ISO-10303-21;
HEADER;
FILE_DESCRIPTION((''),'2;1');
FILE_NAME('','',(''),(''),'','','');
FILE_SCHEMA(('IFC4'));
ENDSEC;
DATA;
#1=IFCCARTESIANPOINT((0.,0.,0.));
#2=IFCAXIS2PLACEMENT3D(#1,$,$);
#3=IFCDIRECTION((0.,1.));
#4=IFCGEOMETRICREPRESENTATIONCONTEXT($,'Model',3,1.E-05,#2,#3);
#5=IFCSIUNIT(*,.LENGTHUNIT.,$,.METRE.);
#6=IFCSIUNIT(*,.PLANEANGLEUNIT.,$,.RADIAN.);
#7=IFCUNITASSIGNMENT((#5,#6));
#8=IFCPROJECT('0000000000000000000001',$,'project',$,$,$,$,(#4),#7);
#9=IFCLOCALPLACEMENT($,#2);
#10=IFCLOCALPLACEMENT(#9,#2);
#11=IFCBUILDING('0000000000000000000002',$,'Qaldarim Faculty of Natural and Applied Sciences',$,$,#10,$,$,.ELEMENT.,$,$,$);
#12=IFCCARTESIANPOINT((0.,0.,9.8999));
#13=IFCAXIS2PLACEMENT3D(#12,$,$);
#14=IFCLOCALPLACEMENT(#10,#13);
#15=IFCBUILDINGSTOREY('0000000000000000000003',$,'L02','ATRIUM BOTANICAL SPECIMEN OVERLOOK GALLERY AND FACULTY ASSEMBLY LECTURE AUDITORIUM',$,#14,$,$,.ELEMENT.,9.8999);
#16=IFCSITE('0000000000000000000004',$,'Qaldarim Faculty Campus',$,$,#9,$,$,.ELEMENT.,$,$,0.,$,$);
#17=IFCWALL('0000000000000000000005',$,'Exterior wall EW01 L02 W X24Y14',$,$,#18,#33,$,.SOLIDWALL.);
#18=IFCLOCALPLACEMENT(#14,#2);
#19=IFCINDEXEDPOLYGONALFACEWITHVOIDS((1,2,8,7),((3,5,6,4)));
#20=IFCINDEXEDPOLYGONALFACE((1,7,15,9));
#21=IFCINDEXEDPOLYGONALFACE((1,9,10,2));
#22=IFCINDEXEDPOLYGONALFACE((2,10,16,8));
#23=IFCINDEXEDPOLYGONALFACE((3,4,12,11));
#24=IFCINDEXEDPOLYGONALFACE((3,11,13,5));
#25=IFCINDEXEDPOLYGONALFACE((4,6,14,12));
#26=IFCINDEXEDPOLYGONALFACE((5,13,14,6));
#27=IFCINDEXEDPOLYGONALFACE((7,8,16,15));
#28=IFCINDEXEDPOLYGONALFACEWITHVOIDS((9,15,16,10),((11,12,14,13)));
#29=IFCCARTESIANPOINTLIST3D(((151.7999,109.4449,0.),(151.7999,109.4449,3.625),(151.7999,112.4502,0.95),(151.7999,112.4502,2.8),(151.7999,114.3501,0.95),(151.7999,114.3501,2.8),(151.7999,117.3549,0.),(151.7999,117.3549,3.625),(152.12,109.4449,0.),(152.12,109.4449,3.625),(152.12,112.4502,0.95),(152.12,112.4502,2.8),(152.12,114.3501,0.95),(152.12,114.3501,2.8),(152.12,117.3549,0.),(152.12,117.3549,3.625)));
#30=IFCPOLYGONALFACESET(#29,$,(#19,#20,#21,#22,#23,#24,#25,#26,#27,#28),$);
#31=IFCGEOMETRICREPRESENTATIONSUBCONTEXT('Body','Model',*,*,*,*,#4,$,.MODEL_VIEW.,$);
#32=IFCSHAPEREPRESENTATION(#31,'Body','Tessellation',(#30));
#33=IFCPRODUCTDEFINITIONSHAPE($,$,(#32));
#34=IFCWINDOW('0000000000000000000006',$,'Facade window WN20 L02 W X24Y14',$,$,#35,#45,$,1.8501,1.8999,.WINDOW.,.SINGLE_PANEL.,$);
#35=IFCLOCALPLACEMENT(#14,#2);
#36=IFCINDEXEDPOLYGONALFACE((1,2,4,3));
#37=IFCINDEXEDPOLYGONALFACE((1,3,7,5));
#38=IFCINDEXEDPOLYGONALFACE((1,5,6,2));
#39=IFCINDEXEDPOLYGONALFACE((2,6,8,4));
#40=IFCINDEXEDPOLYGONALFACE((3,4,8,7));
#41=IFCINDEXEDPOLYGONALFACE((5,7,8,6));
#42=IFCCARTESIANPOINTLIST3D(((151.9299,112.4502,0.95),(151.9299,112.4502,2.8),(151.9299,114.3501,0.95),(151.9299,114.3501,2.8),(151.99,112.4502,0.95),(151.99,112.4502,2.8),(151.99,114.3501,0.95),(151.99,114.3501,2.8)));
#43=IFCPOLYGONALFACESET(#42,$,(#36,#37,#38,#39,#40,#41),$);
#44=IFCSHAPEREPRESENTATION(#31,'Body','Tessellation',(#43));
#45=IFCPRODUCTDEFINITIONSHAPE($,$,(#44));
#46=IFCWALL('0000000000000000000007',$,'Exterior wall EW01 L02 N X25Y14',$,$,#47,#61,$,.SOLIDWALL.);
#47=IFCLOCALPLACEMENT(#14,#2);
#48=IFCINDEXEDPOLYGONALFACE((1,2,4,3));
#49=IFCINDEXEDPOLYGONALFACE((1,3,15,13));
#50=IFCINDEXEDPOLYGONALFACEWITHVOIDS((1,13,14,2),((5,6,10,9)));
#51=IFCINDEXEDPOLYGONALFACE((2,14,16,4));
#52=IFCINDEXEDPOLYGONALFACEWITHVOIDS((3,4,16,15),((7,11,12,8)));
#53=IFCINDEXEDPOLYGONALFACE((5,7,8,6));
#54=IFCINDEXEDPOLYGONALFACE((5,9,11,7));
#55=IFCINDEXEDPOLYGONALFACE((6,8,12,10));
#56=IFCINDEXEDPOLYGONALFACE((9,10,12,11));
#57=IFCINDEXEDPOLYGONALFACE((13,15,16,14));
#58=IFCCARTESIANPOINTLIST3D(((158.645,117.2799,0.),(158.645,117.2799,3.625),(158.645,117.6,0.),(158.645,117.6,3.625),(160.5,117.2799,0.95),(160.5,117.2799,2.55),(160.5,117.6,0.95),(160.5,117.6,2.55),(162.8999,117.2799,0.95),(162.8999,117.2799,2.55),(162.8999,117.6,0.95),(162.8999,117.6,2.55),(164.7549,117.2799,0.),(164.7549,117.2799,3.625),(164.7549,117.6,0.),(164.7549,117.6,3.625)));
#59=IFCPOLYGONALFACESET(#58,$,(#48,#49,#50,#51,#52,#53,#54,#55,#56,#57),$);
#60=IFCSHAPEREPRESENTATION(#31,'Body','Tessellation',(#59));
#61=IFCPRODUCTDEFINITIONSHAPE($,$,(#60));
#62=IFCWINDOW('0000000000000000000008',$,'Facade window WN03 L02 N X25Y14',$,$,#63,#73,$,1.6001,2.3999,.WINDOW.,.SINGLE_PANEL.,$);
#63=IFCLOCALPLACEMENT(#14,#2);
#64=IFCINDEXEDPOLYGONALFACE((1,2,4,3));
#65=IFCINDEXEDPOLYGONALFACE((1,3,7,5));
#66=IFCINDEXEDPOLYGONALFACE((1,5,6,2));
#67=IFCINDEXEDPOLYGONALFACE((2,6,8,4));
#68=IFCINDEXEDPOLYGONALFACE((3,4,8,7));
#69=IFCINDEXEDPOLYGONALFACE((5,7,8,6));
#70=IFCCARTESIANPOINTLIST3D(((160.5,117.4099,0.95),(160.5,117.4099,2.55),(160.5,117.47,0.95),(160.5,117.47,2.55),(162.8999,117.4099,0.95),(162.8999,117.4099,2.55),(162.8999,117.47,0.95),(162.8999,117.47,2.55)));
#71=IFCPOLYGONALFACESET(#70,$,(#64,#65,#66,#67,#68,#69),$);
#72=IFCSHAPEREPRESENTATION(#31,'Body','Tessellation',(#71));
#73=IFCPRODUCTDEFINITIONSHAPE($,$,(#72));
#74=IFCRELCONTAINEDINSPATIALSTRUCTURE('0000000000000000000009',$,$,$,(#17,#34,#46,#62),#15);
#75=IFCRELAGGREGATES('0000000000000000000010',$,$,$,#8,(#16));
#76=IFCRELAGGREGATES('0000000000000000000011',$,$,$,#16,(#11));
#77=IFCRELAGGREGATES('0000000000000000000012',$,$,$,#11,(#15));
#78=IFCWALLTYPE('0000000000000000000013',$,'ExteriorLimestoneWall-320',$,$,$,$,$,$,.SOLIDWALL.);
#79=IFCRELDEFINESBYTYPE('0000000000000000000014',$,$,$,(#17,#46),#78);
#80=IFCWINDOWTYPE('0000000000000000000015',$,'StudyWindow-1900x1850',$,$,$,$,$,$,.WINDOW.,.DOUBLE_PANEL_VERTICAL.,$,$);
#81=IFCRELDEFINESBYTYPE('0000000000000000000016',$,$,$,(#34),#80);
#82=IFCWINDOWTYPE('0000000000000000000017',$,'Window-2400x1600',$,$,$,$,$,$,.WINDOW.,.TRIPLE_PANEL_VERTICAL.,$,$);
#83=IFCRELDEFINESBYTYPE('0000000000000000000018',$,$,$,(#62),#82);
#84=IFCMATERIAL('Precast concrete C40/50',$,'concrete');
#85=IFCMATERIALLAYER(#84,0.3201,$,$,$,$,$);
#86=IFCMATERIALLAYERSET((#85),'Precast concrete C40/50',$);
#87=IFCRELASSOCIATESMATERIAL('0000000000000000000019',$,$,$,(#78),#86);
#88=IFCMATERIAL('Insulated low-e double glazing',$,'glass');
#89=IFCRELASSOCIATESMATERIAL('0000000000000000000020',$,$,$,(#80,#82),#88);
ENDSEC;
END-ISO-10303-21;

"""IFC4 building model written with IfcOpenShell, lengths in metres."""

from ifc_helpers import new_model, si_unit, direction, frame, frame_2d, origin, place, context, subcontext, project, spatial, rectangle, extrude, material, layer, layer_set, type_object, element, fill, save


model = new_model("IFC4")

# Units and contexts
model_context = context("Model", 3, precision=1e-05, world=origin(), true_north=direction((0.0, 1.0)))
body_context = subcontext(model_context, "Body", "Model", "MODEL_VIEW")
ifc_project = project(units=[si_unit("LENGTHUNIT", "METRE"), si_unit("PLANEANGLEUNIT", "RADIAN")], contexts=[model_context])

# Site, building, storey
site_placement = place(None, origin())
site = spatial("IfcSite", under=ifc_project, at=site_placement, Name="Qaldarim Faculty Campus", CompositionType="ELEMENT", RefElevation=0.0)
building_placement = place(site_placement, origin())
building = spatial("IfcBuilding", under=site, at=building_placement, Name="Qaldarim Faculty of Natural and Applied Sciences", CompositionType="ELEMENT")
storey_placement = place(building_placement, frame((0.0, 0.0, 9.8999)))
storey = spatial("IfcBuildingStorey", under=building, at=storey_placement, Name="L02", Description="ATRIUM BOTANICAL SPECIMEN OVERLOOK GALLERY AND FACULTY ASSEMBLY LECTURE AUDITORIUM", CompositionType="ELEMENT", Elevation=9.8999)

# Shared definitions
ifc_material_1 = material(Name="Precast concrete C40/50", Category="concrete")

# Walls, openings, windows
ifc_layer_1 = layer(ifc_material_1, 0.3201)
ifc_layer_set_1 = layer_set([ifc_layer_1], Name="Precast concrete C40/50")
wall_type_1 = type_object("IfcWallType", Name="ExteriorLimestoneWall-320", PredefinedType="SOLIDWALL", material=ifc_layer_set_1)
ifc_material_2 = material(Name="Insulated low-e double glazing", Category="glass")
wall_1_placement = place(storey_placement, frame((151.96, 117.355, 0.0), z_axis=(0.0, 0.0, 1.0), x_axis=(0.0, -1.0, 0.0)))
wall_1 = element("IfcWall", 1, at=wall_1_placement, inside=storey, type_object=wall_type_1, Name="Exterior wall EW01 L02 W X24Y14", PredefinedType="SOLIDWALL", context=body_context, shape_type="SweptSolid", body=[
    extrude(rectangle(XDim=7.9099, YDim=0.3201, at=frame_2d((3.9551, 0.0))), origin(), (0.0, 0.0, 1.0), 3.625),
])
opening_1_placement = place(wall_1_placement, frame((3.0049, 0.0, 0.95)))
opening_1 = element("IfcOpeningElement", 2, at=opening_1_placement, cuts=wall_1, PredefinedType="OPENING", context=body_context, shape_type="SweptSolid", body=[
    extrude(rectangle(XDim=1.8999, YDim=1.8501, at=frame_2d((0.95, 0.925))), frame((0.0, 0.1699, 0.0), z_axis=(0.0, -1.0, 0.0), x_axis=(1.0, 0.0, 0.0)), (0.0, 0.0, 1.0), 0.3401),
])
window_type_1 = type_object("IfcWindowType", Name="StudyWindow-1900x1850", PartitioningType="DOUBLE_PANEL_VERTICAL", PredefinedType="WINDOW", material=ifc_material_2)
window_1_placement = place(opening_1_placement, origin())
window_1 = element("IfcWindow", 3, at=window_1_placement, inside=storey, type_object=window_type_1, Name="Facade window WN20 L02 W X24Y14", OverallHeight=1.8501, OverallWidth=1.8999, PartitioningType="SINGLE_PANEL", PredefinedType="WINDOW", context=body_context, shape_type="SweptSolid", body=[
    extrude(rectangle(XDim=1.8999, YDim=1.8501, at=frame_2d((0.95, 0.925))), frame((0.0, 0.03, 0.0), z_axis=(0.0, -1.0, 0.0), x_axis=(1.0, 0.0, 0.0)), (0.0, 0.0, 1.0), 0.0601),
])
fill(opening_1, window_1)
wall_2_placement = place(storey_placement, frame((164.7549, 117.4399, 0.0), z_axis=(0.0, 0.0, 1.0), x_axis=(-1.0, 0.0, 0.0)))
wall_2 = element("IfcWall", 4, at=wall_2_placement, inside=storey, type_object=wall_type_1, Name="Exterior wall EW01 L02 N X25Y14", PredefinedType="SOLIDWALL", context=body_context, shape_type="SweptSolid", body=[
    extrude(rectangle(XDim=6.1099, YDim=0.3201, at=frame_2d((3.0549, 0.0))), origin(), (0.0, 0.0, 1.0), 3.625),
])
opening_2_placement = place(wall_2_placement, frame((1.855, 0.0, 0.95)))
opening_2 = element("IfcOpeningElement", 5, at=opening_2_placement, cuts=wall_2, PredefinedType="OPENING", context=body_context, shape_type="SweptSolid", body=[
    extrude(rectangle(XDim=2.3999, YDim=1.6001, at=frame_2d((1.2, 0.8))), frame((0.0, 0.1699, 0.0), z_axis=(0.0, -1.0, 0.0), x_axis=(1.0, 0.0, 0.0)), (0.0, 0.0, 1.0), 0.3401),
])
window_type_2 = type_object("IfcWindowType", Name="Window-2400x1600", PartitioningType="TRIPLE_PANEL_VERTICAL", PredefinedType="WINDOW", material=ifc_material_2)
window_2_placement = place(opening_2_placement, origin())
window_2 = element("IfcWindow", 6, at=window_2_placement, inside=storey, type_object=window_type_2, Name="Facade window WN03 L02 N X25Y14", OverallHeight=1.6001, OverallWidth=2.3999, PartitioningType="SINGLE_PANEL", PredefinedType="WINDOW", context=body_context, shape_type="SweptSolid", body=[
    extrude(rectangle(XDim=2.3999, YDim=1.6001, at=frame_2d((1.2, 0.8))), frame((0.0, 0.03, 0.0), z_axis=(0.0, -1.0, 0.0), x_axis=(1.0, 0.0, 0.0)), (0.0, 0.0, 1.0), 0.0601),
])
fill(opening_2, window_2)

save(model, "model.ifc")
